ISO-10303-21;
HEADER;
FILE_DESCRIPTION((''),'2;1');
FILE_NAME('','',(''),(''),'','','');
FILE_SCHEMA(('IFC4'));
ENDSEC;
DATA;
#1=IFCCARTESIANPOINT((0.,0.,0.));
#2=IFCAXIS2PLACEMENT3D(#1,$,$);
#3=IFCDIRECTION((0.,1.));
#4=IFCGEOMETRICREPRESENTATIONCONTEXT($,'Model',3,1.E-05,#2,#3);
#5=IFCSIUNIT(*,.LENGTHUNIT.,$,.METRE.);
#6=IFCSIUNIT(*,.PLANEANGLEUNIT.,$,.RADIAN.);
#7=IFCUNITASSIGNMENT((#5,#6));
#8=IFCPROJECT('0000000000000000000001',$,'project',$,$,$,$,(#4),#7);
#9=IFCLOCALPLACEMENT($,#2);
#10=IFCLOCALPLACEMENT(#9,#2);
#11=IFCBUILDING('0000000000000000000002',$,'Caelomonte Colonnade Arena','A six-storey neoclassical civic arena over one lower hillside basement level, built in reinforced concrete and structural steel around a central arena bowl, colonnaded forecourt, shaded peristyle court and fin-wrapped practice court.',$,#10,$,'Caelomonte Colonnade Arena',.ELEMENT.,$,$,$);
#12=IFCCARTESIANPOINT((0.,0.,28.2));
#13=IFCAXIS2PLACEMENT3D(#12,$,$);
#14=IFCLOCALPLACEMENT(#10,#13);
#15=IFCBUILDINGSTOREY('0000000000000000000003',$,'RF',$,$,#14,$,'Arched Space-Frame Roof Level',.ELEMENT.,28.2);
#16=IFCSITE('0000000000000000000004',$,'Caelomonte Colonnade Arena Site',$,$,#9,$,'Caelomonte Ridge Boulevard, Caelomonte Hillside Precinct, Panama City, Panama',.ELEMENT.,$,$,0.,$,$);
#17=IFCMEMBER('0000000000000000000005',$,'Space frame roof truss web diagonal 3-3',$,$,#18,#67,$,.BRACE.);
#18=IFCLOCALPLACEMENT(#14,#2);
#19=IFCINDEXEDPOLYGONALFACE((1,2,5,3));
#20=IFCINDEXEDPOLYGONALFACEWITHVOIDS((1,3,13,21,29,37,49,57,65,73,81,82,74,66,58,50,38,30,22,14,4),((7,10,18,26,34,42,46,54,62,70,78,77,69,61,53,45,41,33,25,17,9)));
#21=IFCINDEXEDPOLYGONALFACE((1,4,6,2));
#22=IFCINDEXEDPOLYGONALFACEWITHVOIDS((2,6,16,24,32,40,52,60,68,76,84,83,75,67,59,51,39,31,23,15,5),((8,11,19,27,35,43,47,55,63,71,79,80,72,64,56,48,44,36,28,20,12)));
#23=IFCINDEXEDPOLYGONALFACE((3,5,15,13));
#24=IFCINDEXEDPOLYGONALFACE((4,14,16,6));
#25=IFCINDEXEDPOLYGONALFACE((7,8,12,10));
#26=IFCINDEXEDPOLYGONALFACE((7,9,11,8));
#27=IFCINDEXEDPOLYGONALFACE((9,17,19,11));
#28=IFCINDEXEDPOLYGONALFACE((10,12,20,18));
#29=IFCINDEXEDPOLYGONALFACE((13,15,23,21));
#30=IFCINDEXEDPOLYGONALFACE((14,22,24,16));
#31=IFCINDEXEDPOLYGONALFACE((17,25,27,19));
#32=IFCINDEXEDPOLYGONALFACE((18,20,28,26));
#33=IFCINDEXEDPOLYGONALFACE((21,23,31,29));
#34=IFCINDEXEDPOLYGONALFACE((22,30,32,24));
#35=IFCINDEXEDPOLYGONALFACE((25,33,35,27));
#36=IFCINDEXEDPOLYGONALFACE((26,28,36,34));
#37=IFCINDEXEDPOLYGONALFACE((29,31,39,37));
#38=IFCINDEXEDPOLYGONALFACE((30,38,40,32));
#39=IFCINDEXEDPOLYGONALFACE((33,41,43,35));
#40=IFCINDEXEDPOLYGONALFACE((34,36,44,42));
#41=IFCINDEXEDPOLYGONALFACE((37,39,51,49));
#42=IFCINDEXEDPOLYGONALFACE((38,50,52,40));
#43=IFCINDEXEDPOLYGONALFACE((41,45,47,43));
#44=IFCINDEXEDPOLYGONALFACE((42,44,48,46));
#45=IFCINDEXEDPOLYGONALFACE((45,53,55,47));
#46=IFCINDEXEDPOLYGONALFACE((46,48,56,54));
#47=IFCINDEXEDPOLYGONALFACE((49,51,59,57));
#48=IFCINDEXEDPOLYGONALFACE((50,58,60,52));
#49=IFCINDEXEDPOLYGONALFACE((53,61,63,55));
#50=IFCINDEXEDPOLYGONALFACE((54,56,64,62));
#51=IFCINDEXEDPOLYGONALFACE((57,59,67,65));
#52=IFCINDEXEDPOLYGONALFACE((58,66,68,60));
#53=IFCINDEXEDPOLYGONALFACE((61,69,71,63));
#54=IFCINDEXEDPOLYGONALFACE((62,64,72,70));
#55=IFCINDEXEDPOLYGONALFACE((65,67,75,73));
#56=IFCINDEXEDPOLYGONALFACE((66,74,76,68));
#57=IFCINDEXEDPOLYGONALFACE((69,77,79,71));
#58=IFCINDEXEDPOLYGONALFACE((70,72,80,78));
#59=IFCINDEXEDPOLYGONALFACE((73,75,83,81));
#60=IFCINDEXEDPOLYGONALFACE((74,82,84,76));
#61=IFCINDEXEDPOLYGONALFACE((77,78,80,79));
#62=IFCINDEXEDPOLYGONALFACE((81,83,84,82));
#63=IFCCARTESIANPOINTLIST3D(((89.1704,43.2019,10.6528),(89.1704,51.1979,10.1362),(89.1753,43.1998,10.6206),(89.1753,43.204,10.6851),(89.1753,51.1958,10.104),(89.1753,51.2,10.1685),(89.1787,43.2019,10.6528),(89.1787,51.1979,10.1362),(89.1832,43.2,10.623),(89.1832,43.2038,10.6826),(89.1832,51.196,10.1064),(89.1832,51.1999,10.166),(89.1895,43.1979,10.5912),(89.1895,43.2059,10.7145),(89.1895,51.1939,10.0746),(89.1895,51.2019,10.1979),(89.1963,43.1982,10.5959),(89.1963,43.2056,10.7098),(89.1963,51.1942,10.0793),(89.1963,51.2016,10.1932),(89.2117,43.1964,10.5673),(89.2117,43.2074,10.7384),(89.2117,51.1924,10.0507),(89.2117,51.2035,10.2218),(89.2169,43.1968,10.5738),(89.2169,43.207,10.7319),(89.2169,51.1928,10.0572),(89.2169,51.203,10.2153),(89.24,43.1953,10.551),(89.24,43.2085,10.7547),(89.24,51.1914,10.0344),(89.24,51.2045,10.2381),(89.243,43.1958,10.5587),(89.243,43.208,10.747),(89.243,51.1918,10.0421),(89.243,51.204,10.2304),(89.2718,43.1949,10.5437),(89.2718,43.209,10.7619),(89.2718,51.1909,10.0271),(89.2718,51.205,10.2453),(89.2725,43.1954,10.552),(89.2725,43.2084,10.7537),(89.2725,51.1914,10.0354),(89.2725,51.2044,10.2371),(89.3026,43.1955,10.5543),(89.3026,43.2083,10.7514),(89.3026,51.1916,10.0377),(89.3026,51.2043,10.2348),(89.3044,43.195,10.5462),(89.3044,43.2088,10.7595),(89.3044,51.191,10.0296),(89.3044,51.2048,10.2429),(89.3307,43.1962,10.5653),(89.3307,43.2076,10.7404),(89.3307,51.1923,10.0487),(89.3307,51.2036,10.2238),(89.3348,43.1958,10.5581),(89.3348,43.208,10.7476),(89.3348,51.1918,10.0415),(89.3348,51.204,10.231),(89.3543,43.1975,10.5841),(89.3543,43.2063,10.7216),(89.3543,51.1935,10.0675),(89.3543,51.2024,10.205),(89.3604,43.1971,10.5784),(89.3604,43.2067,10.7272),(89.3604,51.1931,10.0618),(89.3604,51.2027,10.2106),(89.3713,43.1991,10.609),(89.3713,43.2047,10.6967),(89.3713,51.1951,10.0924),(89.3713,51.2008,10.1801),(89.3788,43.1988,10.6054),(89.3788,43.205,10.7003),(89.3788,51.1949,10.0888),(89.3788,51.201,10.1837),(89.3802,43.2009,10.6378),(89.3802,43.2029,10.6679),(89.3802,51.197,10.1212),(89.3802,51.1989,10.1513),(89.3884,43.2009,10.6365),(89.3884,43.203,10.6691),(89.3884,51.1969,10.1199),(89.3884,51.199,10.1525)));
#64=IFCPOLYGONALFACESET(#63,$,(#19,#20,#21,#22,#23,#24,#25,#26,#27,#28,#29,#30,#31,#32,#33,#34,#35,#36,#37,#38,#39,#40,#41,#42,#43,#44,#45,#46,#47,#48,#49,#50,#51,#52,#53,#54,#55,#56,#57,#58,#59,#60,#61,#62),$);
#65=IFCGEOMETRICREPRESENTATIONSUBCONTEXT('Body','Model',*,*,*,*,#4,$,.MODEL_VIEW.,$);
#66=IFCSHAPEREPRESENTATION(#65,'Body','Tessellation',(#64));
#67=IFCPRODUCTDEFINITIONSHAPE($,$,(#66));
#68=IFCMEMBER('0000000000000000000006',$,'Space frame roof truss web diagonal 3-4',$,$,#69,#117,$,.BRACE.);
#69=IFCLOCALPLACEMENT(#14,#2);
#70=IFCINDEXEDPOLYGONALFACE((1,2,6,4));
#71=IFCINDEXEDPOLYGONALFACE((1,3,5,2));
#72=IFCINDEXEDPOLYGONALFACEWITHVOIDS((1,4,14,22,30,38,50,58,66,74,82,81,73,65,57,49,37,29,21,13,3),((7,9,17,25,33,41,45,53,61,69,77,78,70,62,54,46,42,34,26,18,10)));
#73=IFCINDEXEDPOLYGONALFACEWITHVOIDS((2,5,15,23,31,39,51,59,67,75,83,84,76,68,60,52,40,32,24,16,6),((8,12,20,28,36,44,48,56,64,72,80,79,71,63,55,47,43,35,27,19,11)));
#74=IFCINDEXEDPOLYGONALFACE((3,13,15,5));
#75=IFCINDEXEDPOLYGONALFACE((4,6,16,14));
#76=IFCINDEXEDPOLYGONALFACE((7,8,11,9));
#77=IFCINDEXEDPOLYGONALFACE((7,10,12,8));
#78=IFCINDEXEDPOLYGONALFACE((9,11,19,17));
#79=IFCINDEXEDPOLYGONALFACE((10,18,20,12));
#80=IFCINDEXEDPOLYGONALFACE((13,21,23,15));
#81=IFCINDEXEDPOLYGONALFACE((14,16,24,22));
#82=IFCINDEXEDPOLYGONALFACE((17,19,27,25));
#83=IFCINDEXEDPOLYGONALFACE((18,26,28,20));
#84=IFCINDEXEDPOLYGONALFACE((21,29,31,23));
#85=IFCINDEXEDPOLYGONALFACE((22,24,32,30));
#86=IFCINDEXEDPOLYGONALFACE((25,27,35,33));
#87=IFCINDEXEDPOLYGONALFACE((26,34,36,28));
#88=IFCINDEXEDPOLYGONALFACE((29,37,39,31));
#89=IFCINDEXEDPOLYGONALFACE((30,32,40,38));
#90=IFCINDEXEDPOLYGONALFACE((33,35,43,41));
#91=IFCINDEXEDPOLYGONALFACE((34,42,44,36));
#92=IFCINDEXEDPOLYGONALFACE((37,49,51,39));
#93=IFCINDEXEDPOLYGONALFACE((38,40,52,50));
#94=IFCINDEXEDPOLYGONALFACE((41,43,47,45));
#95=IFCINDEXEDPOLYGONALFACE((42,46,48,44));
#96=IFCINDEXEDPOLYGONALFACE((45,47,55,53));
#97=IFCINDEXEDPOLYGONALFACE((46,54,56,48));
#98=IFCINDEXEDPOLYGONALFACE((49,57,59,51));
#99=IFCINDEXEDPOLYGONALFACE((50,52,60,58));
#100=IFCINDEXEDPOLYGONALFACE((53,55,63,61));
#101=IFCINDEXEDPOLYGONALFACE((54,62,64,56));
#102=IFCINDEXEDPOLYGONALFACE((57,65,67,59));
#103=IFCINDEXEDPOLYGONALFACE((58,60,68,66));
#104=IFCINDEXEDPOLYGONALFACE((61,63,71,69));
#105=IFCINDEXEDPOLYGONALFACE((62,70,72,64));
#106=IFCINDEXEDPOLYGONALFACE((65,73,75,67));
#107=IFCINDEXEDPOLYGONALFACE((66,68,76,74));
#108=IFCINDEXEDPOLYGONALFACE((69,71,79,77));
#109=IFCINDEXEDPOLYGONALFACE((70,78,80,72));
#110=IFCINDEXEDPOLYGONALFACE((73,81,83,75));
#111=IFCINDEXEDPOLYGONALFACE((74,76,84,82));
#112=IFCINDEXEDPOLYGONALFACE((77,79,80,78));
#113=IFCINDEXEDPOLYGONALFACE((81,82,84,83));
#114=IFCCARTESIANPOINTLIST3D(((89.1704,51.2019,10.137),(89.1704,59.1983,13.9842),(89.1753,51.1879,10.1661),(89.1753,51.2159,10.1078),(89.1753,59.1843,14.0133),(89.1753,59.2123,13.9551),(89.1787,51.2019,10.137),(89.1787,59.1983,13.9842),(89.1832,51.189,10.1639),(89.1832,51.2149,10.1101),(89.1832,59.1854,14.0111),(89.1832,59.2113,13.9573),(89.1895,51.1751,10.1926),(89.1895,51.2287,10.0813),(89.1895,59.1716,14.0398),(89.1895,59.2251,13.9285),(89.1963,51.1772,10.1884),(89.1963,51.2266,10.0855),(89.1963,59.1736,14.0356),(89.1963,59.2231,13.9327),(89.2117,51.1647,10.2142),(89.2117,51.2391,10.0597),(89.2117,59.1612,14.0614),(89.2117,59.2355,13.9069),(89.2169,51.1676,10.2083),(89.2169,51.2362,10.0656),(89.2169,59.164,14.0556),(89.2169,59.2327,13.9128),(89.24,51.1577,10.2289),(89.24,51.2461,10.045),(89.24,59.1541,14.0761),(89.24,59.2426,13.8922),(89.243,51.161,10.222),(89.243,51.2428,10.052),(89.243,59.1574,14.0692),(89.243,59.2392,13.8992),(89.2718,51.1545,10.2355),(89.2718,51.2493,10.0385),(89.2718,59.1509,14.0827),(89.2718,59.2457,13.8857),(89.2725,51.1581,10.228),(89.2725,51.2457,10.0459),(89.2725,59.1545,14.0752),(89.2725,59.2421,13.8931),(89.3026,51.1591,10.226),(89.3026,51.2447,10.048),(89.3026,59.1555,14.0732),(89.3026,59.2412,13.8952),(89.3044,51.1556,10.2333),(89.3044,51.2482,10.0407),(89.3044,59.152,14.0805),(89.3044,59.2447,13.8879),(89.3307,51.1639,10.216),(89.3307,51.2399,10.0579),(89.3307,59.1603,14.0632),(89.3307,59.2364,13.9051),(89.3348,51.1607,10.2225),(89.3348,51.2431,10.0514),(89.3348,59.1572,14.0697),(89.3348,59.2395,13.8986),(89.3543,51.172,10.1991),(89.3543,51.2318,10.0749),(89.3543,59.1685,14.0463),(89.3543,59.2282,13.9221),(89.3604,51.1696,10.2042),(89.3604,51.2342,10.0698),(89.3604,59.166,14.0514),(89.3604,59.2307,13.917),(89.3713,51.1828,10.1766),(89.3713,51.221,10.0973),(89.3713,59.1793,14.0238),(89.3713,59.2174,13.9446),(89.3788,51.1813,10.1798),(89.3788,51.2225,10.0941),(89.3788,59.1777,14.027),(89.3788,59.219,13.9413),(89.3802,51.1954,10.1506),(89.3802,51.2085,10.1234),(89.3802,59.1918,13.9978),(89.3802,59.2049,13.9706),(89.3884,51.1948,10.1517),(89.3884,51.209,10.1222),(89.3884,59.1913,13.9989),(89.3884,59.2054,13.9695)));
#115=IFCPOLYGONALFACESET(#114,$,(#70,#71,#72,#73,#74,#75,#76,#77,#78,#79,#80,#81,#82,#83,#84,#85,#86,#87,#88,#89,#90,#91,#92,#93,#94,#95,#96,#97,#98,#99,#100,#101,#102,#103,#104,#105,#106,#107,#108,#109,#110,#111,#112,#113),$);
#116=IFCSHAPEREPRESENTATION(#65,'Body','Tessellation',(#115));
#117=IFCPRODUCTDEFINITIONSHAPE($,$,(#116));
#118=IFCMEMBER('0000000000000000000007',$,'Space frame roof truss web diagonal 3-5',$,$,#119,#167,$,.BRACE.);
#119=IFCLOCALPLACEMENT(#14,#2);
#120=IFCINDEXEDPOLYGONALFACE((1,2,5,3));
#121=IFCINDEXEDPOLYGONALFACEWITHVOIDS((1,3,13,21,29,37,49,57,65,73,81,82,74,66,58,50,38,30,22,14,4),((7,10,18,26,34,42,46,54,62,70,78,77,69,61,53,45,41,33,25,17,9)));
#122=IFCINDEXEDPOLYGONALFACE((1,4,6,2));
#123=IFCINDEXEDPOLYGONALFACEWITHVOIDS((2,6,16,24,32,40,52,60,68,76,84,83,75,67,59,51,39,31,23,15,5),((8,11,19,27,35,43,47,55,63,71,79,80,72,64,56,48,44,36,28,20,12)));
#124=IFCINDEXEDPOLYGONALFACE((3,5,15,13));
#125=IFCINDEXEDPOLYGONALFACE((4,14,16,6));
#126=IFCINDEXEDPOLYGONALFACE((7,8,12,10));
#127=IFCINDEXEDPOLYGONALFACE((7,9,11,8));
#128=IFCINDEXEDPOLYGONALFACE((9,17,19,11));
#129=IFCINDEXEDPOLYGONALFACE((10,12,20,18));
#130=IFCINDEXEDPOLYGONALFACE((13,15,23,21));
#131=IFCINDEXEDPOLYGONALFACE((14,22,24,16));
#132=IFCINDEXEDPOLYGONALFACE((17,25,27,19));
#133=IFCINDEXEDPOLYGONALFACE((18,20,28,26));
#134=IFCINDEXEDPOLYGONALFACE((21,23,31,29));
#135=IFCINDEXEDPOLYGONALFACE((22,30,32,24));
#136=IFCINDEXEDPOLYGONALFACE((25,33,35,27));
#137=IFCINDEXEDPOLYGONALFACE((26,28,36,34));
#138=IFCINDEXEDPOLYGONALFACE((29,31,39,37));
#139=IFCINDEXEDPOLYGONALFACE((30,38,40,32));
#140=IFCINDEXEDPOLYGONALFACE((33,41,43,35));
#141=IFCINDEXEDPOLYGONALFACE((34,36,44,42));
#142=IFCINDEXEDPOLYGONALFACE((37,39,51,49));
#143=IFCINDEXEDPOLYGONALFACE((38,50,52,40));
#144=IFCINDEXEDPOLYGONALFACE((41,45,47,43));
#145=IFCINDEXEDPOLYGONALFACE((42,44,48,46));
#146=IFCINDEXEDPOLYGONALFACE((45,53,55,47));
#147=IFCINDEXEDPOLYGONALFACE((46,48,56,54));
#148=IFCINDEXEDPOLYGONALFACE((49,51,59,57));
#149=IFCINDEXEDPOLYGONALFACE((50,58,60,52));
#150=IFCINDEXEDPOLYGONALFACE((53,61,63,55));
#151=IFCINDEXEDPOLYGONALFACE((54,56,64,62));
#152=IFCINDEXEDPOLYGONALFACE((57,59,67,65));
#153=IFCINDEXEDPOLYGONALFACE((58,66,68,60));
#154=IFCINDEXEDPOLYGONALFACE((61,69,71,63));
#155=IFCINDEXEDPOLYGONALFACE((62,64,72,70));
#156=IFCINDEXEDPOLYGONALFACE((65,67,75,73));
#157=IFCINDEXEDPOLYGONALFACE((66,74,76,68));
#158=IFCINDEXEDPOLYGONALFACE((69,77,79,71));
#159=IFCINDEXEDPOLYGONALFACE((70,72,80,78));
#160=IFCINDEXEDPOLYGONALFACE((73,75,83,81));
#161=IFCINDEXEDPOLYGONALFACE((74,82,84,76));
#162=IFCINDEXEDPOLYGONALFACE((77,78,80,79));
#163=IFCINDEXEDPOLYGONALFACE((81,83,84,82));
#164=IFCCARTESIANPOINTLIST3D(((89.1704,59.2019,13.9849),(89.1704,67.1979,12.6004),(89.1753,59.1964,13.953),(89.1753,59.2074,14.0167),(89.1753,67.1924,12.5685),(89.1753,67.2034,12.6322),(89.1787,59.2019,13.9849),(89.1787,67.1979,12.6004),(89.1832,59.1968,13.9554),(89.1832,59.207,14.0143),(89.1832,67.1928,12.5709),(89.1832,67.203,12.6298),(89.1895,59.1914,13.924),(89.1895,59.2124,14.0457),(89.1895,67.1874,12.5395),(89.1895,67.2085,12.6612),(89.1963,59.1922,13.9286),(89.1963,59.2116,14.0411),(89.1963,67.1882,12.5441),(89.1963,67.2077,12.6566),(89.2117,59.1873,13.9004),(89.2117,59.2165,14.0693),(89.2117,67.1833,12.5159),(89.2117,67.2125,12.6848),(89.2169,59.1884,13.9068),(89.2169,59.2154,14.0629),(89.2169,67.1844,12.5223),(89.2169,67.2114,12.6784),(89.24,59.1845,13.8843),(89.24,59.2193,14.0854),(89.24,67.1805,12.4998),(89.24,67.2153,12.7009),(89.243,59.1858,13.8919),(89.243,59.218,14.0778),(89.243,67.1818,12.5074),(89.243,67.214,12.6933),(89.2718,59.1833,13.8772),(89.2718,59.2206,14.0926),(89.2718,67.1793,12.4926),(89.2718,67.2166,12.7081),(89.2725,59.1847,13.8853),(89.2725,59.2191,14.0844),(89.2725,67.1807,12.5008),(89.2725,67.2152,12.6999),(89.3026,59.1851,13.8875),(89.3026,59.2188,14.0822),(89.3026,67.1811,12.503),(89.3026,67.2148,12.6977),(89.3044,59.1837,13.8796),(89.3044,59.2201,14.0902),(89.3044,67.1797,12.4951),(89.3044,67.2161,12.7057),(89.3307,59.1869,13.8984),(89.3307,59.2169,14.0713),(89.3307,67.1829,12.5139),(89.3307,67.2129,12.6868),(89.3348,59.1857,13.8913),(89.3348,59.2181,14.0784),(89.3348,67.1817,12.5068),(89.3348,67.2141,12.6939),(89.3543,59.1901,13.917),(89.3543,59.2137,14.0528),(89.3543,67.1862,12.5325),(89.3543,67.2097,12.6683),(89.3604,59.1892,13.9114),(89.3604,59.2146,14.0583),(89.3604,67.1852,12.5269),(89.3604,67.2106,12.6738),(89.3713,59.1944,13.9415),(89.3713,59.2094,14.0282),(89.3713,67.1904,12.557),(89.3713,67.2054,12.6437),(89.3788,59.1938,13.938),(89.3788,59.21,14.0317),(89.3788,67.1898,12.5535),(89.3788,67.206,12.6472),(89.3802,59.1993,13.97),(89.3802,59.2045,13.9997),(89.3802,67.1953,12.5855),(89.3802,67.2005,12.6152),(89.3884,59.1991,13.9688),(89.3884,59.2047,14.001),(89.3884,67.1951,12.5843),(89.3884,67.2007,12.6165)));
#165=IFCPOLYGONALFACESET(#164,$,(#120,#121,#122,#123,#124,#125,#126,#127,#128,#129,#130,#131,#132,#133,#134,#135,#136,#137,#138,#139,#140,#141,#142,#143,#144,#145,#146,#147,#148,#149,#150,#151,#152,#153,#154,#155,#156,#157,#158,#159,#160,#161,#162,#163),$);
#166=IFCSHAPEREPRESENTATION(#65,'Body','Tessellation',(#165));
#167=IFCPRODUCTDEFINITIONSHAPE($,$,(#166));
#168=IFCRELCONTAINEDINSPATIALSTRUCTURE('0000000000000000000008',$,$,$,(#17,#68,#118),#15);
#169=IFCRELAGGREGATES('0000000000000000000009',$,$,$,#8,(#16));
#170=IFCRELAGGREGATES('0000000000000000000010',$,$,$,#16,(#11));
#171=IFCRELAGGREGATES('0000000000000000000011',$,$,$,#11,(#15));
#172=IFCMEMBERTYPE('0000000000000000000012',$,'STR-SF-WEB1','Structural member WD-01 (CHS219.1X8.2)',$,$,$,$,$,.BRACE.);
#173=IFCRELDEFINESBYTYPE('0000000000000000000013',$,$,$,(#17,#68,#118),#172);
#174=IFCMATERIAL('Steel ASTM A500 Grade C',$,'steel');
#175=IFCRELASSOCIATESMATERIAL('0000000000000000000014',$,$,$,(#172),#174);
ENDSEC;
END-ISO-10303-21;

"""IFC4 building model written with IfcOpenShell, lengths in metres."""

from ifc_helpers import new_model, si_unit, direction, frame, origin, origin_2d, place, context, subcontext, project, spatial, hollow_circle, extrude, material, material_profile, profile_set, type_object, element, save


model = new_model("IFC4")

# Units and contexts
model_context = context("Model", 3, precision=1e-05, world=origin(), true_north=direction((0.0, 1.0)))
body_context = subcontext(model_context, "Body", "Model", "MODEL_VIEW")
ifc_project = project(units=[si_unit("LENGTHUNIT", "METRE"), si_unit("PLANEANGLEUNIT", "RADIAN")], contexts=[model_context])

# Site, building, storey
site_placement = place(None, origin())
site = spatial("IfcSite", under=ifc_project, at=site_placement, Name="Caelomonte Colonnade Arena Site", LongName="Caelomonte Ridge Boulevard, Caelomonte Hillside Precinct, Panama City, Panama", CompositionType="ELEMENT", RefElevation=0.0)
building_placement = place(site_placement, origin())
building = spatial("IfcBuilding", under=site, at=building_placement, Name="Caelomonte Colonnade Arena", Description="A six-storey neoclassical civic arena over one lower hillside basement level, built in reinforced concrete and structural steel around a central arena bowl, colonnaded forecourt, shaded peristyle court and fin-wrapped practice court.", LongName="Caelomonte Colonnade Arena", CompositionType="ELEMENT")
storey_placement = place(building_placement, frame((0.0, 0.0, 28.2)))
storey = spatial("IfcBuildingStorey", under=building, at=storey_placement, Name="RF", LongName="Arched Space-Frame Roof Level", CompositionType="ELEMENT", Elevation=28.2)

# Members
ifc_material_1 = material(Name="Steel ASTM A500 Grade C", Category="steel")
ifc_material_profile_1 = material_profile(ifc_material_1, hollow_circle(Radius=0.1096, WallThickness=0.0083, at=origin_2d()), Name="CHS219.1X8.2")
ifc_profile_set_1 = profile_set([ifc_material_profile_1], Name="Steel ASTM A500 Grade C")
member_type_1 = type_object("IfcMemberType", Name="STR-SF-WEB1", Description="Structural member WD-01 (CHS219.1X8.2)", PredefinedType="BRACE", material=ifc_profile_set_1)
member_1_placement = place(storey_placement, frame((89.28, 43.2019, 10.6528), z_axis=(0.0, 0.997919, -0.064472), x_axis=(-1.0, 0.0, 0.0)))
element("IfcMember", 1, at=member_1_placement, inside=storey, type_object=member_type_1, Name="Space frame roof truss web diagonal 3-3", PredefinedType="BRACE", context=body_context, shape_type="SweptSolid", body=[
    extrude(hollow_circle(Radius=0.1096, WallThickness=0.0083, at=origin_2d()), origin(), (0.0, 0.0, 1.0), 8.0127),
])
member_2_placement = place(storey_placement, frame((89.28, 51.2019, 10.137), z_axis=(0.0, 0.90113, 0.433548), x_axis=(-1.0, 0.0, 0.0)))
element("IfcMember", 2, at=member_2_placement, inside=storey, type_object=member_type_1, Name="Space frame roof truss web diagonal 3-4", PredefinedType="BRACE", context=body_context, shape_type="SweptSolid", body=[
    extrude(hollow_circle(Radius=0.1096, WallThickness=0.0083, at=origin_2d()), origin(), (0.0, 0.0, 1.0), 8.8738),
])
member_3_placement = place(storey_placement, frame((89.28, 59.2019, 13.9849), z_axis=(0.0, 0.985338, -0.170611), x_axis=(-1.0, 0.0, 0.0)))
element("IfcMember", 3, at=member_3_placement, inside=storey, type_object=member_type_1, Name="Space frame roof truss web diagonal 3-5", PredefinedType="BRACE", context=body_context, shape_type="SweptSolid", body=[
    extrude(hollow_circle(Radius=0.1096, WallThickness=0.0083, at=origin_2d()), origin(), (0.0, 0.0, 1.0), 8.115),
])

save(model, "model.ifc")
